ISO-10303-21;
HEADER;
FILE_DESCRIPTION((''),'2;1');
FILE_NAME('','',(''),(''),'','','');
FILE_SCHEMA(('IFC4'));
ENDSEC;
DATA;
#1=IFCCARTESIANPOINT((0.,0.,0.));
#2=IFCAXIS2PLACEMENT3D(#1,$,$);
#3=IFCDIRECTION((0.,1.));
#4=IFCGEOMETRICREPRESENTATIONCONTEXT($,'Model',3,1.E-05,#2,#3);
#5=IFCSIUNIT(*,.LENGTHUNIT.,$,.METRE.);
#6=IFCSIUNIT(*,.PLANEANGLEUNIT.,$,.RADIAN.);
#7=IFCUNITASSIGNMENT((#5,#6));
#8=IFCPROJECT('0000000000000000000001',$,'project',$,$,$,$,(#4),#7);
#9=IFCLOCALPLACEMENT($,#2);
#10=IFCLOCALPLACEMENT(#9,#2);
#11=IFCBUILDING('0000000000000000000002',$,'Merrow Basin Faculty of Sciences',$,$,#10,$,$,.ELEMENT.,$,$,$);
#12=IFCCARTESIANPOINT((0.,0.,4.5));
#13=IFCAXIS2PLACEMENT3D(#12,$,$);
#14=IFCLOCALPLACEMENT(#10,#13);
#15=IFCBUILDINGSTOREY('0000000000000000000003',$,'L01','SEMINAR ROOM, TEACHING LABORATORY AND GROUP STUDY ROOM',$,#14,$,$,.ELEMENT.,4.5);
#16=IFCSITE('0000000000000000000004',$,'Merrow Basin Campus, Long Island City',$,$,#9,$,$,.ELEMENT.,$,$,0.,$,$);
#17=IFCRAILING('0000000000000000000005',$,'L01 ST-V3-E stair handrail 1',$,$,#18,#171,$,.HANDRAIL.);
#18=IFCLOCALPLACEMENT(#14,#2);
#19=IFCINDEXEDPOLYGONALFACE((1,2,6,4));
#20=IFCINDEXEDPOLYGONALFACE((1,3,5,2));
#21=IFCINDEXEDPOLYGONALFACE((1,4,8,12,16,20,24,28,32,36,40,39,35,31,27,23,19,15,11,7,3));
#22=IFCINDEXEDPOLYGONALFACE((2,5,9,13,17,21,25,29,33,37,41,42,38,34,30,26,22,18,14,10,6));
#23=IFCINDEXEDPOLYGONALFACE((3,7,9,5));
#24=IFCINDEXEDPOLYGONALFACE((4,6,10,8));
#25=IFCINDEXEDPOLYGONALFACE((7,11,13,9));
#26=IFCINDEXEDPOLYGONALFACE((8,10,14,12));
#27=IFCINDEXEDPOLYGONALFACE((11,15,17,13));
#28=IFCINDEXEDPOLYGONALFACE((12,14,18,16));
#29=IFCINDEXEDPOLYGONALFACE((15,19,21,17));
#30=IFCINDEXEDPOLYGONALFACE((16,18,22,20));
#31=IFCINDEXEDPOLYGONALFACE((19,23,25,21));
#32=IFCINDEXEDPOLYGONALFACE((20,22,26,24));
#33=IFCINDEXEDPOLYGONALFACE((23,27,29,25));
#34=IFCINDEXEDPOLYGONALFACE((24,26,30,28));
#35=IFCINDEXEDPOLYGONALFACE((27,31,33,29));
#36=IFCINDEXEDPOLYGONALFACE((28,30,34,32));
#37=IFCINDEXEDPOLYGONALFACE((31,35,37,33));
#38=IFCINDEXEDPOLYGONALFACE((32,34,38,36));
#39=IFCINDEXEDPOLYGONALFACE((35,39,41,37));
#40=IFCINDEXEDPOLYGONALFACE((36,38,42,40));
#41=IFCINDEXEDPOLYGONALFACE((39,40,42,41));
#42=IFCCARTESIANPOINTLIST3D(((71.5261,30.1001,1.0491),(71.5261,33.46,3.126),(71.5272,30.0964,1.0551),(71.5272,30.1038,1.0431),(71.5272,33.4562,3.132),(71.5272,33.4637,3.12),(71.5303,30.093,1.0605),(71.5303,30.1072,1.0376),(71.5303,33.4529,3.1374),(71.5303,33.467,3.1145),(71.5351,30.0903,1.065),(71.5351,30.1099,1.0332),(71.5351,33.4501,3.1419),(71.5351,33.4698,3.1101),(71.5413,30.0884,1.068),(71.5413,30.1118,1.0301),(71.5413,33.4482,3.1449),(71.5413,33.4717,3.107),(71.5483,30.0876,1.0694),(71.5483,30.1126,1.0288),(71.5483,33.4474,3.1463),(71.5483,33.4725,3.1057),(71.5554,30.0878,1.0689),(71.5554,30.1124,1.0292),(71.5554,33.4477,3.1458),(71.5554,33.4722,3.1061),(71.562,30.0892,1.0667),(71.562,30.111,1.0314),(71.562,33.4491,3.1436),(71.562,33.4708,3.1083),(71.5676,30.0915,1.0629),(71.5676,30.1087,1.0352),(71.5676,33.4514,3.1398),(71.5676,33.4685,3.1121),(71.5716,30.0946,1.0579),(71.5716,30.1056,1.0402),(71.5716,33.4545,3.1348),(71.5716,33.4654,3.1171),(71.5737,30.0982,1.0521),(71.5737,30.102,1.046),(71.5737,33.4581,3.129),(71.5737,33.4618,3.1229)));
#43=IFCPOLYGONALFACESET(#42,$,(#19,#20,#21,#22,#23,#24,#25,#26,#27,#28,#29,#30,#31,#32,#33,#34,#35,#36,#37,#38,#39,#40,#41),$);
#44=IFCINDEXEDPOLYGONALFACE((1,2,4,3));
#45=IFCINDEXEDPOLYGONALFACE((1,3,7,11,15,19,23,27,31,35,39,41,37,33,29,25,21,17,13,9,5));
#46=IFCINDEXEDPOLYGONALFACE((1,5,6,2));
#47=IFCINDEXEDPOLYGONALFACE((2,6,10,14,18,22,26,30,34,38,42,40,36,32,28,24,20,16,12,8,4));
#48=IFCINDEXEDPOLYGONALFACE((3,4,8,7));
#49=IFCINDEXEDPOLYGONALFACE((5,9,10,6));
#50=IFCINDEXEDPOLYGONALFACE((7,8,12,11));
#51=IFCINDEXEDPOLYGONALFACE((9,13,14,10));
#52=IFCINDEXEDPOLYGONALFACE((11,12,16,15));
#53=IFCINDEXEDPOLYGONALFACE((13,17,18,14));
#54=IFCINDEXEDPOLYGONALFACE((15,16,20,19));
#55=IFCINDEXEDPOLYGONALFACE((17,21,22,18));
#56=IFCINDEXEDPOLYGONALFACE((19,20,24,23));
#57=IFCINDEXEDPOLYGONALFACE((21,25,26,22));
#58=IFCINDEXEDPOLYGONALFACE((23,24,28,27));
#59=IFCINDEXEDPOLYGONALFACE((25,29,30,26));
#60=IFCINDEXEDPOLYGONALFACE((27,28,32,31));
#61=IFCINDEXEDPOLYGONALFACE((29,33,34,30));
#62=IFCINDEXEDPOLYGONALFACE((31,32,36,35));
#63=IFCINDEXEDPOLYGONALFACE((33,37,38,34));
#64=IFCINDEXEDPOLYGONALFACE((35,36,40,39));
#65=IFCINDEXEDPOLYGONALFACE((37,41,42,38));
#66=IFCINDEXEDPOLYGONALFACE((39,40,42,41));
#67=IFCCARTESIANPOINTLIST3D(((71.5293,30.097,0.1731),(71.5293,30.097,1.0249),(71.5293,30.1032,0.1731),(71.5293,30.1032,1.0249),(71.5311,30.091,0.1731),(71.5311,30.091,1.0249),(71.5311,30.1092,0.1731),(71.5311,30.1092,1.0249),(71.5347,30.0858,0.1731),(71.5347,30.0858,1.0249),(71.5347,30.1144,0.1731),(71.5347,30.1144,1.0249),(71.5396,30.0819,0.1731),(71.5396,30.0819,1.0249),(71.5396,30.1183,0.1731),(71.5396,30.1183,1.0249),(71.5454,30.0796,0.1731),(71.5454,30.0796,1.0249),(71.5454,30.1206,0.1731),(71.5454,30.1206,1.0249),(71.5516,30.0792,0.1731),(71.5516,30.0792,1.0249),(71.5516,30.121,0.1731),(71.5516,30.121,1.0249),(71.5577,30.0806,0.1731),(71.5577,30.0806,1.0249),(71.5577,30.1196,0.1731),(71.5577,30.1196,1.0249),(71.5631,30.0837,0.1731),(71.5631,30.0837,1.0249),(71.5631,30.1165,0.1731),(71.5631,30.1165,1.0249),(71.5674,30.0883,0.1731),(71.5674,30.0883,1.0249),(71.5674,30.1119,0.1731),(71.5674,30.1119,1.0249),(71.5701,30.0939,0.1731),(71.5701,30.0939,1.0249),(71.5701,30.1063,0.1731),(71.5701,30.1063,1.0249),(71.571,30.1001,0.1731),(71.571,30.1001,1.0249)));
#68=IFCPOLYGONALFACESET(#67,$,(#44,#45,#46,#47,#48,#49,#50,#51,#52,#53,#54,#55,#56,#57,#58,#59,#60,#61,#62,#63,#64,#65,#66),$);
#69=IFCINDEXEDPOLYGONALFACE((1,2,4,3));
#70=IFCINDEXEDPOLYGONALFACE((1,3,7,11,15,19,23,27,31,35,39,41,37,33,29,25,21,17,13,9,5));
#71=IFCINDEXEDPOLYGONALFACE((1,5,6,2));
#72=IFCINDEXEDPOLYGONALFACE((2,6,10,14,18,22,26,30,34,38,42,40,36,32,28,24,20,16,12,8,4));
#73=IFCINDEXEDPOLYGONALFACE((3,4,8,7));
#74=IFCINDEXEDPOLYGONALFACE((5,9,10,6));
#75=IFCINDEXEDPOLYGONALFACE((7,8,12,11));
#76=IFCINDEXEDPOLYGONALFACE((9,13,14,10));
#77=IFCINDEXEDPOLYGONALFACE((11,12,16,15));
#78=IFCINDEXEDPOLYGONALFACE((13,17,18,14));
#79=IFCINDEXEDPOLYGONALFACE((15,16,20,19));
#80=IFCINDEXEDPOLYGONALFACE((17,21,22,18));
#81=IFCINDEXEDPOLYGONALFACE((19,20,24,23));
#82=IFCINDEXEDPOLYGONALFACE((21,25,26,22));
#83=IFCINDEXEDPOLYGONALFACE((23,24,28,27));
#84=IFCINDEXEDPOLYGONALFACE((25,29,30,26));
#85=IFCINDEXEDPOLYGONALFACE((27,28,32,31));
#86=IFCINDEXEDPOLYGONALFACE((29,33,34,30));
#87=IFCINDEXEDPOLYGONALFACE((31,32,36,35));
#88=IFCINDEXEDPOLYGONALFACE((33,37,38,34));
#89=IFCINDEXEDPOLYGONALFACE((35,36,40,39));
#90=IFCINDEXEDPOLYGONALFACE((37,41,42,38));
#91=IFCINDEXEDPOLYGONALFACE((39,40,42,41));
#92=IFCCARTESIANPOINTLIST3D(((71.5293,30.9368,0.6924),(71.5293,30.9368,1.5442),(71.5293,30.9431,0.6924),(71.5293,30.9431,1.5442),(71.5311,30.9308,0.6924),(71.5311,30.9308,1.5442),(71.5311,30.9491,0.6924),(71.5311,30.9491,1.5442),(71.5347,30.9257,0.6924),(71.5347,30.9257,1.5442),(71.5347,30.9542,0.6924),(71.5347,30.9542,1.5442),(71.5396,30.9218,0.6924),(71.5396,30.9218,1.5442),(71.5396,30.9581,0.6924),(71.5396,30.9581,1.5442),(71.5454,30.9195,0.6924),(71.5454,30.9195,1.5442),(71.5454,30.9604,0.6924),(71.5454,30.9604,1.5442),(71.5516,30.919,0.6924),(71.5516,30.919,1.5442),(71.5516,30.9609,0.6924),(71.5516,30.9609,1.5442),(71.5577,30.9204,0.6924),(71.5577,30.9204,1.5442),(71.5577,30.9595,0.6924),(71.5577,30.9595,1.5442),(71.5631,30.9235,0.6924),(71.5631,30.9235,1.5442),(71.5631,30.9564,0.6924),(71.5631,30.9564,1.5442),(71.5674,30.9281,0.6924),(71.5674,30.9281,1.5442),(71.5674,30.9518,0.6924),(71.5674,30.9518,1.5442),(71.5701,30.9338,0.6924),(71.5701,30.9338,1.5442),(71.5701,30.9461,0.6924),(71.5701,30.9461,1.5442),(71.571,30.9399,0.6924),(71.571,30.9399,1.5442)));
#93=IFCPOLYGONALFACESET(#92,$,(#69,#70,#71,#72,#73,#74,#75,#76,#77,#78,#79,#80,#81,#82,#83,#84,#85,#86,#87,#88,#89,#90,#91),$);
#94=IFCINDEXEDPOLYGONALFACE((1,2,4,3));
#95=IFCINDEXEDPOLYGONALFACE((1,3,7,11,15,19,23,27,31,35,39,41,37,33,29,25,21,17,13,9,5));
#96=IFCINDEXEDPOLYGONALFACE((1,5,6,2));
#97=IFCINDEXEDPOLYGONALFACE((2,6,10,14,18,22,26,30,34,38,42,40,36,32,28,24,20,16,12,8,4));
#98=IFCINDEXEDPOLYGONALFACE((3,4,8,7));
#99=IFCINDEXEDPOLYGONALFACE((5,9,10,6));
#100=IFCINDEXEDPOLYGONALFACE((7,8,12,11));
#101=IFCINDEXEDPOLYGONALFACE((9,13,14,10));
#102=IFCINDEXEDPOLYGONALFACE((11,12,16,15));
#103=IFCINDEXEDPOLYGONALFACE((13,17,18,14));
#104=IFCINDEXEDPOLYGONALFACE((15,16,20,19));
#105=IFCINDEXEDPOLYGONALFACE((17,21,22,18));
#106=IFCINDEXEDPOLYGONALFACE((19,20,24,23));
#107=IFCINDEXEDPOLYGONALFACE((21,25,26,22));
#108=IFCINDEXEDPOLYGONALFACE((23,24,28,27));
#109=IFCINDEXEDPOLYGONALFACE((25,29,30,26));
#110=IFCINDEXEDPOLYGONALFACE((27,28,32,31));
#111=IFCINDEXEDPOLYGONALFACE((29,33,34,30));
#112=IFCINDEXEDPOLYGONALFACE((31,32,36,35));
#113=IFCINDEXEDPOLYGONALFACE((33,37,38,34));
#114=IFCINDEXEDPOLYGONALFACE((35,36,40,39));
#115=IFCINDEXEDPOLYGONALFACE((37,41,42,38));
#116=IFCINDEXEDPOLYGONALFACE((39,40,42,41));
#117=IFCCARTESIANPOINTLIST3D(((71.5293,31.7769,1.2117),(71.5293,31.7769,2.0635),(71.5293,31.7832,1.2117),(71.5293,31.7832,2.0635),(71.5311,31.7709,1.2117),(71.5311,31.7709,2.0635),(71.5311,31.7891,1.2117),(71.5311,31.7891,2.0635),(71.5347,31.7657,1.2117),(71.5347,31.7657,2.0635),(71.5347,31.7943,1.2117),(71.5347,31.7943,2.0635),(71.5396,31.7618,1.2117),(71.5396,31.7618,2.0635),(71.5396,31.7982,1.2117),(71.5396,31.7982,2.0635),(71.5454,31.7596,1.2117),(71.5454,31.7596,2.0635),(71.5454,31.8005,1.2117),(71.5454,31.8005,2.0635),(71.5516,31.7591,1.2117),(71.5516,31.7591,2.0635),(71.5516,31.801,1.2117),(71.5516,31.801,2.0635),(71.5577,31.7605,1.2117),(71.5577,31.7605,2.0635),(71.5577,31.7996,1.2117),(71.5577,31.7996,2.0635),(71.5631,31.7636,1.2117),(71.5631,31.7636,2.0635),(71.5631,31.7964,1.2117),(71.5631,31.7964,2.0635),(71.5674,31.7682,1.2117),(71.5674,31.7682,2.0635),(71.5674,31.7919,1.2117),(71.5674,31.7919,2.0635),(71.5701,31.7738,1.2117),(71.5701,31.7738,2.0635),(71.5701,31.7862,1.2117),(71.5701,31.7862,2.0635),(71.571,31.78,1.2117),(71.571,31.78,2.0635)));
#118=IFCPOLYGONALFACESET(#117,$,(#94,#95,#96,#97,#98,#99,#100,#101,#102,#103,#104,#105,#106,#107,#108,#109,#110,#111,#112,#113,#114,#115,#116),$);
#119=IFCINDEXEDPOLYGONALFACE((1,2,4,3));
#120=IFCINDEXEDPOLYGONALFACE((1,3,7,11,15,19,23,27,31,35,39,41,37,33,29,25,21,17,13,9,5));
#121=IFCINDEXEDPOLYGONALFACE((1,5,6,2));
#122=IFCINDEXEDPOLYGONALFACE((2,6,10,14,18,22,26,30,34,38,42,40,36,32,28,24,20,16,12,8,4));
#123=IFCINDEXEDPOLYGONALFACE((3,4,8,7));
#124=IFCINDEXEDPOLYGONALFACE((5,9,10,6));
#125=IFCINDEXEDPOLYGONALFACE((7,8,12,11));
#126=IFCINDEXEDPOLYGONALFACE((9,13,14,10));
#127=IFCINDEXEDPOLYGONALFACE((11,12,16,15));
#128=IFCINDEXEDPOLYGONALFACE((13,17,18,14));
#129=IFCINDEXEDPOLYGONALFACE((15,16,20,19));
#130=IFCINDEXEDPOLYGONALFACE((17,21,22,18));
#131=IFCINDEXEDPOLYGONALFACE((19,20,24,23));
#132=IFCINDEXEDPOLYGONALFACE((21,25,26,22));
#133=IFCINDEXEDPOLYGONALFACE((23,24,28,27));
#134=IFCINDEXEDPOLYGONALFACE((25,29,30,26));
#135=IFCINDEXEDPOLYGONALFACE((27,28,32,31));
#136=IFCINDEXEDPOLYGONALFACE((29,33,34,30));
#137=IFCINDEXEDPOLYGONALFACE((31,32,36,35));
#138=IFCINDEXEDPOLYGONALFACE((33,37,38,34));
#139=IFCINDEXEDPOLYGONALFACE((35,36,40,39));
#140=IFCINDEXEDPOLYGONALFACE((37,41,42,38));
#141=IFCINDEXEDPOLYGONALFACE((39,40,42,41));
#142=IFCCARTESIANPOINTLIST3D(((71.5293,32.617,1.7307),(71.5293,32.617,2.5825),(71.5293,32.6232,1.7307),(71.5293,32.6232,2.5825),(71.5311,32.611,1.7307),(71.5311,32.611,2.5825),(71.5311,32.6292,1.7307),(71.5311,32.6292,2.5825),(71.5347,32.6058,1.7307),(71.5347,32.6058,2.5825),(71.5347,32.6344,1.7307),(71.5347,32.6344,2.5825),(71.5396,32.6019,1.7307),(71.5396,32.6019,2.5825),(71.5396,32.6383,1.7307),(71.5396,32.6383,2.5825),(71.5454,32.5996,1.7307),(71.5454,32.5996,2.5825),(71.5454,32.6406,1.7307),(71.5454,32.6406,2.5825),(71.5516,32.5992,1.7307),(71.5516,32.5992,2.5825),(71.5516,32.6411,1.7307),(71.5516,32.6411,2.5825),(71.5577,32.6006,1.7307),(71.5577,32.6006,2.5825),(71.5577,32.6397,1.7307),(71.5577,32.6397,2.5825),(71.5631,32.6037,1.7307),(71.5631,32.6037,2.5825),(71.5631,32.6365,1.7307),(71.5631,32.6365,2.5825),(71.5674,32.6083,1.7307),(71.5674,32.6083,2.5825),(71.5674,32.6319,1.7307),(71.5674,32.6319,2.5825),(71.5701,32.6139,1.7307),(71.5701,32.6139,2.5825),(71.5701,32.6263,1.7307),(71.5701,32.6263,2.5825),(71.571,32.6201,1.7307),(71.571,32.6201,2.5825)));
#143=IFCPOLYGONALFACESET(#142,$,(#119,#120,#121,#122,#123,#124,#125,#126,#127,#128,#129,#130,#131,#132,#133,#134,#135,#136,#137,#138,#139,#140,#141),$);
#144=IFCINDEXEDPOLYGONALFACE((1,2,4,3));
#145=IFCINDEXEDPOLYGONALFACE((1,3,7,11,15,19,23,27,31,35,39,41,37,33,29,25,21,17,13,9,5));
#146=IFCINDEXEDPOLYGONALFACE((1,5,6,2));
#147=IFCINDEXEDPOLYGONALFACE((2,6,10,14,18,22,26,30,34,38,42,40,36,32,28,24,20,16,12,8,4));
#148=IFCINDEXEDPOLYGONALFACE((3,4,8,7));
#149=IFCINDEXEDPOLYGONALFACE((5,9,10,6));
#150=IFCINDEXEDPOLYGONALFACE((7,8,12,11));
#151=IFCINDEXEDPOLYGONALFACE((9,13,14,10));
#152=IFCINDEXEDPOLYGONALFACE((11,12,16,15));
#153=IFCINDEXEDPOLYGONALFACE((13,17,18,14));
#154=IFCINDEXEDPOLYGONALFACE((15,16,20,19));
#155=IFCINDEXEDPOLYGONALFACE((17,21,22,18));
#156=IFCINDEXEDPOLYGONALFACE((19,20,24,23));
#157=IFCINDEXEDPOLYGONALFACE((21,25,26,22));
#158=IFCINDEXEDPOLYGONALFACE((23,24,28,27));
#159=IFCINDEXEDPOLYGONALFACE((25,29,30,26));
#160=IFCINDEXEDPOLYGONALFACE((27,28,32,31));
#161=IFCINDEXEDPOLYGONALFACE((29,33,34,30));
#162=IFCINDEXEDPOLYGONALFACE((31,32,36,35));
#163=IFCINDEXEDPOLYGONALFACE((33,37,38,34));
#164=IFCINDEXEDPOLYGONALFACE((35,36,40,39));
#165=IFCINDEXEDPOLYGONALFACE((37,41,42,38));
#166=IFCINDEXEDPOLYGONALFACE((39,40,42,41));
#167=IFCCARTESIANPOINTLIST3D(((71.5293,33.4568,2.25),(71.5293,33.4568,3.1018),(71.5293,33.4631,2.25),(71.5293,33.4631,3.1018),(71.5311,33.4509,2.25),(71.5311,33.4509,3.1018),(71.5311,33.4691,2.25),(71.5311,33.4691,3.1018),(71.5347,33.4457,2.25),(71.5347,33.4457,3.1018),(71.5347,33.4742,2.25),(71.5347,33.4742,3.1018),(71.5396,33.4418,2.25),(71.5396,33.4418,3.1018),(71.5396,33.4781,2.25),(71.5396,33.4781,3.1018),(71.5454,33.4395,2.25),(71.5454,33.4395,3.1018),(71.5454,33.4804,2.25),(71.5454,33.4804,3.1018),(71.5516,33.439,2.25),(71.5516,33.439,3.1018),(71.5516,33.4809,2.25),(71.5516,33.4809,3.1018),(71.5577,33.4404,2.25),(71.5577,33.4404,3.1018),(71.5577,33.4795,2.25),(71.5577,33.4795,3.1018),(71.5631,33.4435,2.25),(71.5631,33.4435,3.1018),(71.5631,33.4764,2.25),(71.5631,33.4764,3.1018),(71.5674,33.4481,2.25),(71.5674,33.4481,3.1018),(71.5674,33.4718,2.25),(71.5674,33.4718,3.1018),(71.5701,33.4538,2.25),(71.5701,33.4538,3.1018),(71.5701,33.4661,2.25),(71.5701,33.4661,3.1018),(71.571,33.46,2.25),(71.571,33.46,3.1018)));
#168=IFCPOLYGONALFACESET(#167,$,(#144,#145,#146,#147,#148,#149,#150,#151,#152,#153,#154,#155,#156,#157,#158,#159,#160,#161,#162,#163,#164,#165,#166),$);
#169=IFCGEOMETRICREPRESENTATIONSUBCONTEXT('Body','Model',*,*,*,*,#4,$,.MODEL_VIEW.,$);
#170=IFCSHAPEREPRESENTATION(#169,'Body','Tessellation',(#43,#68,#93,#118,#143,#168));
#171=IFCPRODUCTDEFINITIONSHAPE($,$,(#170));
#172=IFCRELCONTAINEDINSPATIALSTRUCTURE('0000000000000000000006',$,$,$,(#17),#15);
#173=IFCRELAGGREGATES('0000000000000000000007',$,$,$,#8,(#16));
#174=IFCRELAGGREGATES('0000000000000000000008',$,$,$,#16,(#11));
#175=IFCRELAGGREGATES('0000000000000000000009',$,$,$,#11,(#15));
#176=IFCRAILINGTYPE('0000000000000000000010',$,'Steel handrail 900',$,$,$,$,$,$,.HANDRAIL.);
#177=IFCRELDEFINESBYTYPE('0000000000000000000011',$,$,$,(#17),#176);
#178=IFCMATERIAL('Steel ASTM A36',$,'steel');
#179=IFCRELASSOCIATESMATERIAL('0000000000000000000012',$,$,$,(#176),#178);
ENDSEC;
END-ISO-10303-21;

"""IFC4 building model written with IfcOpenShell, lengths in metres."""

from ifc_helpers import new_model, si_unit, direction, frame, origin, origin_2d, place, context, subcontext, project, spatial, circle, extrude, material, type_object, element, save


model = new_model("IFC4")

# Units and contexts
model_context = context("Model", 3, precision=1e-05, world=origin(), true_north=direction((0.0, 1.0)))
body_context = subcontext(model_context, "Body", "Model", "MODEL_VIEW")
ifc_project = project(units=[si_unit("LENGTHUNIT", "METRE"), si_unit("PLANEANGLEUNIT", "RADIAN")], contexts=[model_context])

# Site, building, storey
site_placement = place(None, origin())
site = spatial("IfcSite", under=ifc_project, at=site_placement, Name="Merrow Basin Campus, Long Island City", CompositionType="ELEMENT", RefElevation=0.0)
building_placement = place(site_placement, origin())
building = spatial("IfcBuilding", under=site, at=building_placement, Name="Merrow Basin Faculty of Sciences", CompositionType="ELEMENT")
storey_placement = place(building_placement, frame((0.0, 0.0, 4.5)))
storey = spatial("IfcBuildingStorey", under=building, at=storey_placement, Name="L01", Description="SEMINAR ROOM, TEACHING LABORATORY AND GROUP STUDY ROOM", CompositionType="ELEMENT", Elevation=4.5)

# Railing
ifc_material_1 = material(Name="Steel ASTM A36", Category="steel")
railing_type_1 = type_object("IfcRailingType", Name="Steel handrail 900", PredefinedType="HANDRAIL", material=ifc_material_1)
railing_1_placement = place(storey_placement, frame((71.55, 30.1001, 0.1731)))
element("IfcRailing", 1, at=railing_1_placement, inside=storey, type_object=railing_type_1, Name="L01 ST-V3-E stair handrail 1", PredefinedType="HANDRAIL", context=body_context, shape_type="SweptSolid", body=[
    extrude(circle(Radius=0.0239, at=origin_2d()), frame((0.0, 0.0, 0.876), z_axis=(0.0, 0.850606, 0.525803), x_axis=(-1.0, 0.0, 0.0)), (0.0, 0.0, 1.0), 3.95),
    extrude(circle(Radius=0.021, at=origin_2d()), origin(), (0.0, 0.0, 1.0), 0.8518),
    extrude(circle(Radius=0.021, at=origin_2d()), frame((0.0, 0.8398, 0.5193)), (0.0, 0.0, 1.0), 0.8518),
    extrude(circle(Radius=0.021, at=origin_2d()), frame((0.0, 1.6799, 1.0386)), (0.0, 0.0, 1.0), 0.8518),
    extrude(circle(Radius=0.021, at=origin_2d()), frame((0.0, 2.52, 1.5576)), (0.0, 0.0, 1.0), 0.8518),
    extrude(circle(Radius=0.021, at=origin_2d()), frame((0.0, 3.3599, 2.0769)), (0.0, 0.0, 1.0), 0.8518),
])

save(model, "model.ifc")
